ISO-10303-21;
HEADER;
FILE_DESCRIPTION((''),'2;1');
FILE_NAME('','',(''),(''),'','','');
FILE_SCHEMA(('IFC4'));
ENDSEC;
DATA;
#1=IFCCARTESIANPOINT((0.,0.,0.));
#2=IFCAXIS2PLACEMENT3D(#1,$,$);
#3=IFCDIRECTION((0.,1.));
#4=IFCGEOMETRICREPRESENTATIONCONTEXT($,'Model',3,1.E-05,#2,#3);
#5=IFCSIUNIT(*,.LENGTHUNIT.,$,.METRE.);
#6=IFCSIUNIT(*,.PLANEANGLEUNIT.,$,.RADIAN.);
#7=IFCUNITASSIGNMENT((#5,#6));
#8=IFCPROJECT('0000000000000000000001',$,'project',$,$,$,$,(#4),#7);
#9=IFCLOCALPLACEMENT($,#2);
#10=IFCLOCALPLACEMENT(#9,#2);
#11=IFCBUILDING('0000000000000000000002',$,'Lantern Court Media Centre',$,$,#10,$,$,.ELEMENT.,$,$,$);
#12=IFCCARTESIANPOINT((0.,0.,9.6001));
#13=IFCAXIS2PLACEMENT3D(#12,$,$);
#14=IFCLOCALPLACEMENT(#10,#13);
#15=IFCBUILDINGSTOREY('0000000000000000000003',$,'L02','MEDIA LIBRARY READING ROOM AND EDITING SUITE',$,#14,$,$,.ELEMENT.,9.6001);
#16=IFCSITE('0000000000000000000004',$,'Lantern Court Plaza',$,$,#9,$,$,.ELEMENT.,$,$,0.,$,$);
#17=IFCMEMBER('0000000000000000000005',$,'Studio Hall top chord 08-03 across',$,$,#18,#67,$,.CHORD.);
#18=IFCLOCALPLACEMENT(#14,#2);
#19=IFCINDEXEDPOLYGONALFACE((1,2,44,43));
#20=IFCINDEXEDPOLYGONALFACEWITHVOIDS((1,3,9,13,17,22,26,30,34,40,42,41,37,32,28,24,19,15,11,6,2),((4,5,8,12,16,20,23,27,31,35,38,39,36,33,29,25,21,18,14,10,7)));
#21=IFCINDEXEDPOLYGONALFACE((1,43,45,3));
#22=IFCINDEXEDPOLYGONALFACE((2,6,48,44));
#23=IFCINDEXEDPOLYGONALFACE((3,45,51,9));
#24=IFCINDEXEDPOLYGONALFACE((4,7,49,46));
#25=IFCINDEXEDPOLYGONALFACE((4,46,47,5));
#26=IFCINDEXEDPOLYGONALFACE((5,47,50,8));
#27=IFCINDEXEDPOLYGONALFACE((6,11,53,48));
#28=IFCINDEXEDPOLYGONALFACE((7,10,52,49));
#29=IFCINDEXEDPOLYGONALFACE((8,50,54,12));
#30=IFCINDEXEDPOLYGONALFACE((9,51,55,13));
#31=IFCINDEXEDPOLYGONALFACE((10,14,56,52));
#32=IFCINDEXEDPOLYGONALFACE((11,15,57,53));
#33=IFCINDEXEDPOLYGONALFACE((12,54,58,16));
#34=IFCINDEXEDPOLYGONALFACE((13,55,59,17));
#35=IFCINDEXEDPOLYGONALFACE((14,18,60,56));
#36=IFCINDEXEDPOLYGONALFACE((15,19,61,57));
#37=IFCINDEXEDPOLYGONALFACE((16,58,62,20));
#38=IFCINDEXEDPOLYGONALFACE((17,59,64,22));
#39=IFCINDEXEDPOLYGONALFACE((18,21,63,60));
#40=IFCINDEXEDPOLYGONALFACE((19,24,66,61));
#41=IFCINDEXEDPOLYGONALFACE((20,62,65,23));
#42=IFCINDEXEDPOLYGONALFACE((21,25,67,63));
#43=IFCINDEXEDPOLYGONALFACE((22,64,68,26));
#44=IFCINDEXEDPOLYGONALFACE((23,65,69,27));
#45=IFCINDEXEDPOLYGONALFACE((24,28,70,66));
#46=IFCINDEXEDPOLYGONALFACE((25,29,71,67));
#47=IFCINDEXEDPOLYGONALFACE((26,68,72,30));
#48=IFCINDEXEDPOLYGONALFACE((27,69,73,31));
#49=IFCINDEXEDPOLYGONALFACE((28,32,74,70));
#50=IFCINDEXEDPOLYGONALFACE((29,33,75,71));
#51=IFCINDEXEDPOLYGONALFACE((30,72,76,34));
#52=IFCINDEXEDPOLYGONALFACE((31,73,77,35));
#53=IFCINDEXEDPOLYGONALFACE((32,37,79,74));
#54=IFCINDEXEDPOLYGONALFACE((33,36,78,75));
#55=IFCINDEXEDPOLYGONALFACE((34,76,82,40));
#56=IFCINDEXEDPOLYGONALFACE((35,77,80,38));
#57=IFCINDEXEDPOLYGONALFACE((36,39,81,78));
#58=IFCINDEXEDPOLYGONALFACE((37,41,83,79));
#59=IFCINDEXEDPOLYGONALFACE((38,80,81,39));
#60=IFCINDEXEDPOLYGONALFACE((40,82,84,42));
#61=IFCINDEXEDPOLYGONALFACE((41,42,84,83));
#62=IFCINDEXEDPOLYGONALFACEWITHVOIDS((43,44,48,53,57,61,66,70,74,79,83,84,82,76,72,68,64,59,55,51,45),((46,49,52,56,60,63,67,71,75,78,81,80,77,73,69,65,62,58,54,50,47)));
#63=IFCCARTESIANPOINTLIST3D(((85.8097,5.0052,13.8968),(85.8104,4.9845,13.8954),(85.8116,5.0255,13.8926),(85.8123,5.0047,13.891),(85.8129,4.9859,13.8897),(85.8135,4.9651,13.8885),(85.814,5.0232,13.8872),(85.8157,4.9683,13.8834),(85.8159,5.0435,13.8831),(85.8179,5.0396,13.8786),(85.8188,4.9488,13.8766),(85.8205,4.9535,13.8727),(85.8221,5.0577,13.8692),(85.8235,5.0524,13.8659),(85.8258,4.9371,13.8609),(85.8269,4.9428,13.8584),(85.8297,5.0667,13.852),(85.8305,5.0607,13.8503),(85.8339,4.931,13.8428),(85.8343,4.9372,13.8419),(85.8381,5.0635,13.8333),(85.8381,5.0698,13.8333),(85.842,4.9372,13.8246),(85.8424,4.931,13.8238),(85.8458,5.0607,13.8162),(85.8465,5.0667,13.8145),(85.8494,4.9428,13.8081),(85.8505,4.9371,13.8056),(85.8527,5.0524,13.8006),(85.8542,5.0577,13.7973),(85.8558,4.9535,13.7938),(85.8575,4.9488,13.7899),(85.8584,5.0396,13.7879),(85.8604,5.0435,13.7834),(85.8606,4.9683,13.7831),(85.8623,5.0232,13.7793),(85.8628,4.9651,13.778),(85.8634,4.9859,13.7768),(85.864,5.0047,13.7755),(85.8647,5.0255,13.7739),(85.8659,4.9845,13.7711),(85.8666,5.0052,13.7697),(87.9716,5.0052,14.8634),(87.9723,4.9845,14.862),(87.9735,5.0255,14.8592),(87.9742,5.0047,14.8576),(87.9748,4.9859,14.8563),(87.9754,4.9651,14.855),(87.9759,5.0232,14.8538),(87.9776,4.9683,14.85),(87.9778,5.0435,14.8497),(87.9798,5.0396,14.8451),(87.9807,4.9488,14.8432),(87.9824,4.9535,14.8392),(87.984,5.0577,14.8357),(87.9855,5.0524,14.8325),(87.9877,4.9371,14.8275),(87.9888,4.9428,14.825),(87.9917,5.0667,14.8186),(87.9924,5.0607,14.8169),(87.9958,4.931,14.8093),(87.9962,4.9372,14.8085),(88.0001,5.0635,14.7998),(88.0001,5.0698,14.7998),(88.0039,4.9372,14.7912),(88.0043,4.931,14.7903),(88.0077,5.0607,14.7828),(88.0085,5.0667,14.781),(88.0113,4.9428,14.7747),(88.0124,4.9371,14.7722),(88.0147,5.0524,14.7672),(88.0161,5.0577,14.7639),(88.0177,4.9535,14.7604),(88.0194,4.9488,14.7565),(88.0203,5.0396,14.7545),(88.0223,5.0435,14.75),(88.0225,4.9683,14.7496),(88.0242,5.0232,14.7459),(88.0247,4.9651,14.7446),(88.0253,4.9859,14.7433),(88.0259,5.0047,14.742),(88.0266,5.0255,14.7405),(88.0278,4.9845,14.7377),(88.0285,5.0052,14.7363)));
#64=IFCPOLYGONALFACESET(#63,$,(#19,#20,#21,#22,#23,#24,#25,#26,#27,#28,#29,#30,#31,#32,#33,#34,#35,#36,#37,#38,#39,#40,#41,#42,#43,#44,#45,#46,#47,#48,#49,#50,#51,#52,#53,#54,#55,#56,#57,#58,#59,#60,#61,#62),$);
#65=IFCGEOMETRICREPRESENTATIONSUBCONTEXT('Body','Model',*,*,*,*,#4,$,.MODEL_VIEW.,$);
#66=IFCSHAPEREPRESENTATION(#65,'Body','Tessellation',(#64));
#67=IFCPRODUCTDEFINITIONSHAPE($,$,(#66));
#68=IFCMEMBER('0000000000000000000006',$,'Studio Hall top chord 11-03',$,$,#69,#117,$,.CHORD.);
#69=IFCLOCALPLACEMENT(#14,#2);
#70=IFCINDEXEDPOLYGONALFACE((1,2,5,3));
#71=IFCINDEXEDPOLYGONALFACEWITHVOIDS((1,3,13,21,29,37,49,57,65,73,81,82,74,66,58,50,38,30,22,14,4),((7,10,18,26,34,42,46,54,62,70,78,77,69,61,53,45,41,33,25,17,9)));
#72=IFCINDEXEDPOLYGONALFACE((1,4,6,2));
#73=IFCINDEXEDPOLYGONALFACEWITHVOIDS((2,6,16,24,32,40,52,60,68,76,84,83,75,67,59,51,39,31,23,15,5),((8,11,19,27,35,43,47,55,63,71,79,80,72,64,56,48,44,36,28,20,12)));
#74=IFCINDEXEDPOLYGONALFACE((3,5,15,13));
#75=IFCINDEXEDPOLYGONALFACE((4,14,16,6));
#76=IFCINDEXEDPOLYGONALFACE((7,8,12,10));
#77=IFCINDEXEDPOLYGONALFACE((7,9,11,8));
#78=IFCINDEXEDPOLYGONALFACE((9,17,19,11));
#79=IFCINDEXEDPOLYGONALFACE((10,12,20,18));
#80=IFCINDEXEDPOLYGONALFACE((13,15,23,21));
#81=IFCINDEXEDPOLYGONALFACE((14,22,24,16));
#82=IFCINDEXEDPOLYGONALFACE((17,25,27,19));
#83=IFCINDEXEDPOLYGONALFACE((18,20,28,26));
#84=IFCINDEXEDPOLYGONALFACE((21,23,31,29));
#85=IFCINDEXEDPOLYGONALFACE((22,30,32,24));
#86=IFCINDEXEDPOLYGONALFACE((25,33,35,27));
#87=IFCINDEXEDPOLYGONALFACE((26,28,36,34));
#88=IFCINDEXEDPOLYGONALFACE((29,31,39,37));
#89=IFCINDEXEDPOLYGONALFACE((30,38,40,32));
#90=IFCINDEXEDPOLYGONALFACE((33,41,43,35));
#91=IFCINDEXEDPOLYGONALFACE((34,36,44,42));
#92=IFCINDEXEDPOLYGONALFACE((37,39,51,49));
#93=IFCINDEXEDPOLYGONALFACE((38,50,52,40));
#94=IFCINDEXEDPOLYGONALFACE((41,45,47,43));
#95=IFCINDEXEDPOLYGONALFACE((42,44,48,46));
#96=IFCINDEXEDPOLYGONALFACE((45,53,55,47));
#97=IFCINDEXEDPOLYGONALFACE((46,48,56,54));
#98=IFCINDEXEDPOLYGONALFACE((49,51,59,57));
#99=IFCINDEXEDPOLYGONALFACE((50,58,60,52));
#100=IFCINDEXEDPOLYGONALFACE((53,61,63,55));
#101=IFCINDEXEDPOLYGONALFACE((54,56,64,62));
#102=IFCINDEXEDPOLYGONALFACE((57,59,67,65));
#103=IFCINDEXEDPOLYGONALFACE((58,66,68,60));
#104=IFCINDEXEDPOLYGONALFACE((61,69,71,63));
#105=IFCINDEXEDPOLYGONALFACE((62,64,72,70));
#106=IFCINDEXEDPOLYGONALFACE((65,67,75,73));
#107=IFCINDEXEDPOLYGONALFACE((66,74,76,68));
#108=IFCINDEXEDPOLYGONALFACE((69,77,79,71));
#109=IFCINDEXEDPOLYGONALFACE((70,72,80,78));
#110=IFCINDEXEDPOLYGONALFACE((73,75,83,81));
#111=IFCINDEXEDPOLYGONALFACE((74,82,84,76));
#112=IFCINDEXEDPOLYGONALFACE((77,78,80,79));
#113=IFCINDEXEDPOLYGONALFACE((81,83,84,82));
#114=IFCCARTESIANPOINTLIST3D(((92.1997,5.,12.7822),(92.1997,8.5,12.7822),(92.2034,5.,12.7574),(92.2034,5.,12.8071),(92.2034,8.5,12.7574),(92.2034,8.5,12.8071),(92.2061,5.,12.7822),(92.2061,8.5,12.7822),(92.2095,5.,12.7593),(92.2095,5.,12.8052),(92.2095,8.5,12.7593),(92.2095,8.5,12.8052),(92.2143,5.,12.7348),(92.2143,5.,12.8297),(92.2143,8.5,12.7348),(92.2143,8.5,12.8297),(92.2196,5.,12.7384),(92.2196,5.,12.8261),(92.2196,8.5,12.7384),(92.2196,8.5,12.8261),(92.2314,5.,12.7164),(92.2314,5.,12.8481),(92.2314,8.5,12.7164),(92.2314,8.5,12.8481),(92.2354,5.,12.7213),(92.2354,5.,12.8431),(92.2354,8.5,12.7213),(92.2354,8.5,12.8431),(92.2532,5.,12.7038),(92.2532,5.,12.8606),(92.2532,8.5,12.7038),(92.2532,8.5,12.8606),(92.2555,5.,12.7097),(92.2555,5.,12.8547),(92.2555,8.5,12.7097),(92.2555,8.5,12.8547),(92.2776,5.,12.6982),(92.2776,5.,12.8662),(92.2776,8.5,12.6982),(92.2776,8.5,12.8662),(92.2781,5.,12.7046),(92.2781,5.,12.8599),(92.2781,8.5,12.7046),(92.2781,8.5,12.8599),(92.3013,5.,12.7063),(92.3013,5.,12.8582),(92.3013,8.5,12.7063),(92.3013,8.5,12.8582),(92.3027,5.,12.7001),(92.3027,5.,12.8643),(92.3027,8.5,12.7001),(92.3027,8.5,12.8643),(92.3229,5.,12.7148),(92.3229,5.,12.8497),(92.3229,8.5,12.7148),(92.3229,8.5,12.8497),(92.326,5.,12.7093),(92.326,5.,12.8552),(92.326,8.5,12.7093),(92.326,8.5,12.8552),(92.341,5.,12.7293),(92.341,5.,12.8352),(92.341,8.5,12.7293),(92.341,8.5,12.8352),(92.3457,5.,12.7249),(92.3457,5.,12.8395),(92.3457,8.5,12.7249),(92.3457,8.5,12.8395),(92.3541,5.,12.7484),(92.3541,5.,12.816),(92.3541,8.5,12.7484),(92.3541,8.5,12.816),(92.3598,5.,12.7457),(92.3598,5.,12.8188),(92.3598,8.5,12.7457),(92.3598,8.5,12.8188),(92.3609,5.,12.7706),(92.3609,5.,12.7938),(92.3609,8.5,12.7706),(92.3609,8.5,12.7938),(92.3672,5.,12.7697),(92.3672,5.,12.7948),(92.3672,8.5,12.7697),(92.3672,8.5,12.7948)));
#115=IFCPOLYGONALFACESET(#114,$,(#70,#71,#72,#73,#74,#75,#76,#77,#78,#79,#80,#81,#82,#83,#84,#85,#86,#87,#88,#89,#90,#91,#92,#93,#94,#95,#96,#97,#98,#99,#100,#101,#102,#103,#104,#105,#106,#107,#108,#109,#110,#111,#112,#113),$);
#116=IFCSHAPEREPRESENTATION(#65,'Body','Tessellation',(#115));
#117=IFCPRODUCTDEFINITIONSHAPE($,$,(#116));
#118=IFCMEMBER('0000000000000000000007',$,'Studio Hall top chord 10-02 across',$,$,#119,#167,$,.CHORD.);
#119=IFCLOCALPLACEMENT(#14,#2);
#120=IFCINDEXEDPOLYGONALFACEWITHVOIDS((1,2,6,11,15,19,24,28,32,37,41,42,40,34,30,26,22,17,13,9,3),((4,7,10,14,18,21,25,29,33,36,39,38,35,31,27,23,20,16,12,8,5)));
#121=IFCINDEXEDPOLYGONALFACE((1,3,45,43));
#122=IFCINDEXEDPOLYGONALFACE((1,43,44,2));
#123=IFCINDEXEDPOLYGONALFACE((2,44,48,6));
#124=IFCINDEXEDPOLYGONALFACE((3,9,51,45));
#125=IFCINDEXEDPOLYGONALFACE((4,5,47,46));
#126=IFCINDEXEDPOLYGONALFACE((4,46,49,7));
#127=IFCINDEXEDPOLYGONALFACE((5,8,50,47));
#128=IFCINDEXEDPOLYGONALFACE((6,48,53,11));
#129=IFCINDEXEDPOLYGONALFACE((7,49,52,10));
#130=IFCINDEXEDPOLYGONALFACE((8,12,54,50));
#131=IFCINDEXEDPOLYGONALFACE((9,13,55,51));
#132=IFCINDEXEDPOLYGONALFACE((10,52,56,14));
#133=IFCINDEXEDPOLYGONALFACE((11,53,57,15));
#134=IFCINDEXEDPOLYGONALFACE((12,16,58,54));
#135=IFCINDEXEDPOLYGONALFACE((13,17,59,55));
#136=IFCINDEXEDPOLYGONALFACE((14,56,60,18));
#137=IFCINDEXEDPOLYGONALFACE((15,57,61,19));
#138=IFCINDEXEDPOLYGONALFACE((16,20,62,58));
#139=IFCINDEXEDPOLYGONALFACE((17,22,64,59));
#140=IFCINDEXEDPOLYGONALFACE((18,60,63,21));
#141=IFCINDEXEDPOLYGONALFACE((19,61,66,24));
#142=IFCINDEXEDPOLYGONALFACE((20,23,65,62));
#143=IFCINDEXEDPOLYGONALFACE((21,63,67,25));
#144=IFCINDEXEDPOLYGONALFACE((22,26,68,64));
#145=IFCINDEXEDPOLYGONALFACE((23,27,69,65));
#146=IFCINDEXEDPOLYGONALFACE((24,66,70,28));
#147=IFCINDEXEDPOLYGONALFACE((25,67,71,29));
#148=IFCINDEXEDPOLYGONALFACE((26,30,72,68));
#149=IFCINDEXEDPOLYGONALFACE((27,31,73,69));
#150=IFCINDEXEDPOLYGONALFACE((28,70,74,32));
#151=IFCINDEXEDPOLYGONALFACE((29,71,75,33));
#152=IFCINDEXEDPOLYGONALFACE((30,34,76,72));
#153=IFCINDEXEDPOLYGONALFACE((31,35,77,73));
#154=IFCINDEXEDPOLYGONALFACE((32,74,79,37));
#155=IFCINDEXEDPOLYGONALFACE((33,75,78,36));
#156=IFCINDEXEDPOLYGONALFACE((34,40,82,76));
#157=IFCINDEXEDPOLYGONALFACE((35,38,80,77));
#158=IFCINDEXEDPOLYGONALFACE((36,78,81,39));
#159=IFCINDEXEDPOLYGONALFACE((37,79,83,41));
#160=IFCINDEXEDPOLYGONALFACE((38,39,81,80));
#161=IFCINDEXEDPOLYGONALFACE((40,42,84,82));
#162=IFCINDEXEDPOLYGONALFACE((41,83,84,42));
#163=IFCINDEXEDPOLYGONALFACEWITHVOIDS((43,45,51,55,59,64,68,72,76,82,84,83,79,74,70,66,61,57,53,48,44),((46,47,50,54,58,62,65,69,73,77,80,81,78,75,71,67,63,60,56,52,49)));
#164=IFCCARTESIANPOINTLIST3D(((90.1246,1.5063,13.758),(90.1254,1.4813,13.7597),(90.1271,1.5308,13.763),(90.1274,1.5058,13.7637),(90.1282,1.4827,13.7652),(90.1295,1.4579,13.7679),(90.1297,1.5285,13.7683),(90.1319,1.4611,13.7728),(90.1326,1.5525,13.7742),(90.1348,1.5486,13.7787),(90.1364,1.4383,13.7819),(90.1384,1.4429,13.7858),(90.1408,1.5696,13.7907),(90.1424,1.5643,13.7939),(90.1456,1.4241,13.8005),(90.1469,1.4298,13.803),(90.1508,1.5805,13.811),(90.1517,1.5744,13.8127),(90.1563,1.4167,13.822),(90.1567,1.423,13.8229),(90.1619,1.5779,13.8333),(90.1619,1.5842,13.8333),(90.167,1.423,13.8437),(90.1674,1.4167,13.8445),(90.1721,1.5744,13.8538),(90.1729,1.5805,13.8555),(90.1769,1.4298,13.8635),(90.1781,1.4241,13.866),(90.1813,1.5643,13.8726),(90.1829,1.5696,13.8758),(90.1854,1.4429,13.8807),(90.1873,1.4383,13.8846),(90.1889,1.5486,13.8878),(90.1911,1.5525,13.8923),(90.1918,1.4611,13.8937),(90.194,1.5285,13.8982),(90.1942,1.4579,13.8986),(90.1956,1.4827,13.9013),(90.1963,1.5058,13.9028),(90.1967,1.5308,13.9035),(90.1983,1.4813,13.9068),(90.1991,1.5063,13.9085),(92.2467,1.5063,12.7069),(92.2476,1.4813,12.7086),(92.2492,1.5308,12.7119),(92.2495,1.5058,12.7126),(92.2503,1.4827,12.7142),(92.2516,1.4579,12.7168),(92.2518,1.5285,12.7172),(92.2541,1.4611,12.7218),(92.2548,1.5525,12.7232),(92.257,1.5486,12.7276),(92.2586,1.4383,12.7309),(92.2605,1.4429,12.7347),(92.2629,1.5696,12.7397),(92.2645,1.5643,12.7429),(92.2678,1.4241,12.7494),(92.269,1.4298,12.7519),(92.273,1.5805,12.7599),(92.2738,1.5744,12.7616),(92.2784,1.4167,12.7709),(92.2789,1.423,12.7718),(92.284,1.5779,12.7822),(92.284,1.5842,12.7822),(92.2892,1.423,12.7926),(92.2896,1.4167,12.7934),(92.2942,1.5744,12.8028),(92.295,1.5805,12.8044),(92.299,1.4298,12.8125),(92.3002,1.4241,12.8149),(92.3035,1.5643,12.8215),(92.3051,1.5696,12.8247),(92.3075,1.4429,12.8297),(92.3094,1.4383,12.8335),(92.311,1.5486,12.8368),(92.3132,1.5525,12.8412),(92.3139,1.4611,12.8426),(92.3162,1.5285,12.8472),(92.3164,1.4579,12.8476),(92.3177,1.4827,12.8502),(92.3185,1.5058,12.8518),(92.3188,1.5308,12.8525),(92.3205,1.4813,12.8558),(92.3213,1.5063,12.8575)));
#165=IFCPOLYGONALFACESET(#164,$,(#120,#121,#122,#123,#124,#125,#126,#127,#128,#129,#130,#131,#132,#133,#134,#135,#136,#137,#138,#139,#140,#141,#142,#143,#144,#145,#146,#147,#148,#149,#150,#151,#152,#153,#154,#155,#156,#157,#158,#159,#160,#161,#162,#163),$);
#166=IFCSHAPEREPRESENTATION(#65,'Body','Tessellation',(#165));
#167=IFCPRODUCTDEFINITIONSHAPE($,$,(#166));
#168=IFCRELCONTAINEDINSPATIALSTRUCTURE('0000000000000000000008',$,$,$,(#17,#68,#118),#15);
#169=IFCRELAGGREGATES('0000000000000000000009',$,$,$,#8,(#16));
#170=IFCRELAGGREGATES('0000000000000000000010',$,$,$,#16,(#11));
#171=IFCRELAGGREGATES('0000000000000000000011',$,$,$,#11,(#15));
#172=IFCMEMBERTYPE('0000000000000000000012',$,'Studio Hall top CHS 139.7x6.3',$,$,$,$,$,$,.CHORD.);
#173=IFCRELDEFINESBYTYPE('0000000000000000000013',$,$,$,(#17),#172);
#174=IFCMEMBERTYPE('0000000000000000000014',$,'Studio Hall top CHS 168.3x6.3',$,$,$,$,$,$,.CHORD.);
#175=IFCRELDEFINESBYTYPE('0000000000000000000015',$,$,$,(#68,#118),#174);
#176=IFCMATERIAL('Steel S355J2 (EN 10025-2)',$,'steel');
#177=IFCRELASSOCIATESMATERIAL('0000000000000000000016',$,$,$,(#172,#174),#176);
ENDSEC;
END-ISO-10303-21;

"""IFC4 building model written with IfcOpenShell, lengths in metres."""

from ifc_helpers import new_model, si_unit, direction, frame, origin, origin_2d, place, context, subcontext, project, spatial, hollow_circle, extrude, material, material_profile, profile_set, type_object, element, save


model = new_model("IFC4")

# Units and contexts
model_context = context("Model", 3, precision=1e-05, world=origin(), true_north=direction((0.0, 1.0)))
body_context = subcontext(model_context, "Body", "Model", "MODEL_VIEW")
ifc_project = project(units=[si_unit("LENGTHUNIT", "METRE"), si_unit("PLANEANGLEUNIT", "RADIAN")], contexts=[model_context])

# Site, building, storey
site_placement = place(None, origin())
site = spatial("IfcSite", under=ifc_project, at=site_placement, Name="Lantern Court Plaza", CompositionType="ELEMENT", RefElevation=0.0)
building_placement = place(site_placement, origin())
building = spatial("IfcBuilding", under=site, at=building_placement, Name="Lantern Court Media Centre", CompositionType="ELEMENT")
storey_placement = place(building_placement, frame((0.0, 0.0, 9.6001)))
storey = spatial("IfcBuildingStorey", under=building, at=storey_placement, Name="L02", Description="MEDIA LIBRARY READING ROOM AND EDITING SUITE", CompositionType="ELEMENT", Elevation=9.6001)

# Members
ifc_material = material(Name="Steel S355J2 (EN 10025-2)", Category="steel")
ifc_material_profile_1 = material_profile(ifc_material, hollow_circle(Radius=0.0698, WallThickness=0.0063, at=origin_2d()), Name="Studio Hall top CHS 139.7x6.3")
ifc_profile_set_1 = profile_set([ifc_material_profile_1], Name="Steel S355J2 (EN 10025-2)")
member_type_1 = type_object("IfcMemberType", Name="Studio Hall top CHS 139.7x6.3", PredefinedType="CHORD", material=ifc_profile_set_1)
for number, where, z_axis, x_axis, name in (
    (1, (85.8381, 5.0, 13.8333), (0.912912, 0.0, 0.408156), (0.0, 1.0, 0.0), "Studio Hall top chord 08-03 across"),
):
    element("IfcMember", number, at=place(storey_placement, frame(where, z_axis=z_axis, x_axis=x_axis)), inside=storey, type_object=member_type_1, Name=name, PredefinedType="CHORD", context=body_context, shape_type="SweptSolid", body=[
        extrude(hollow_circle(Radius=0.0698, WallThickness=0.0063, at=origin_2d()), origin(), (0.0, 0.0, 1.0), 2.3682),
    ])
ifc_material_profile_2 = material_profile(ifc_material, hollow_circle(Radius=0.0842, WallThickness=0.0063, at=origin_2d()), Name="Studio Hall top CHS 168.3x6.3")
ifc_profile_set_2 = profile_set([ifc_material_profile_2], Name="Steel S355J2 (EN 10025-2)")
member_type_2 = type_object("IfcMemberType", Name="Studio Hall top CHS 168.3x6.3", PredefinedType="CHORD", material=ifc_profile_set_2)
member_1_placement = place(storey_placement, frame((92.2839, 5.0, 12.7822), z_axis=(0.0, 1.0, 0.0), x_axis=(-1.0, 0.0, 0.0)))
element("IfcMember", 2, at=member_1_placement, inside=storey, type_object=member_type_2, Name="Studio Hall top chord 11-03", PredefinedType="CHORD", context=body_context, shape_type="SweptSolid", body=[
    extrude(hollow_circle(Radius=0.0842, WallThickness=0.0063, at=origin_2d()), origin(), (0.0, 0.0, 1.0), 3.5),
])
member_2_placement = place(storey_placement, frame((90.1619, 1.5, 13.8333), z_axis=(0.896112, 0.0, -0.443829), x_axis=(0.0, 1.0, 0.0)))
element("IfcMember", 3, at=member_2_placement, inside=storey, type_object=member_type_2, Name="Studio Hall top chord 10-02 across", PredefinedType="CHORD", context=body_context, shape_type="SweptSolid", body=[
    extrude(hollow_circle(Radius=0.0842, WallThickness=0.0063, at=origin_2d()), origin(), (0.0, 0.0, 1.0), 2.3682),
])

save(model, "model.ifc")
